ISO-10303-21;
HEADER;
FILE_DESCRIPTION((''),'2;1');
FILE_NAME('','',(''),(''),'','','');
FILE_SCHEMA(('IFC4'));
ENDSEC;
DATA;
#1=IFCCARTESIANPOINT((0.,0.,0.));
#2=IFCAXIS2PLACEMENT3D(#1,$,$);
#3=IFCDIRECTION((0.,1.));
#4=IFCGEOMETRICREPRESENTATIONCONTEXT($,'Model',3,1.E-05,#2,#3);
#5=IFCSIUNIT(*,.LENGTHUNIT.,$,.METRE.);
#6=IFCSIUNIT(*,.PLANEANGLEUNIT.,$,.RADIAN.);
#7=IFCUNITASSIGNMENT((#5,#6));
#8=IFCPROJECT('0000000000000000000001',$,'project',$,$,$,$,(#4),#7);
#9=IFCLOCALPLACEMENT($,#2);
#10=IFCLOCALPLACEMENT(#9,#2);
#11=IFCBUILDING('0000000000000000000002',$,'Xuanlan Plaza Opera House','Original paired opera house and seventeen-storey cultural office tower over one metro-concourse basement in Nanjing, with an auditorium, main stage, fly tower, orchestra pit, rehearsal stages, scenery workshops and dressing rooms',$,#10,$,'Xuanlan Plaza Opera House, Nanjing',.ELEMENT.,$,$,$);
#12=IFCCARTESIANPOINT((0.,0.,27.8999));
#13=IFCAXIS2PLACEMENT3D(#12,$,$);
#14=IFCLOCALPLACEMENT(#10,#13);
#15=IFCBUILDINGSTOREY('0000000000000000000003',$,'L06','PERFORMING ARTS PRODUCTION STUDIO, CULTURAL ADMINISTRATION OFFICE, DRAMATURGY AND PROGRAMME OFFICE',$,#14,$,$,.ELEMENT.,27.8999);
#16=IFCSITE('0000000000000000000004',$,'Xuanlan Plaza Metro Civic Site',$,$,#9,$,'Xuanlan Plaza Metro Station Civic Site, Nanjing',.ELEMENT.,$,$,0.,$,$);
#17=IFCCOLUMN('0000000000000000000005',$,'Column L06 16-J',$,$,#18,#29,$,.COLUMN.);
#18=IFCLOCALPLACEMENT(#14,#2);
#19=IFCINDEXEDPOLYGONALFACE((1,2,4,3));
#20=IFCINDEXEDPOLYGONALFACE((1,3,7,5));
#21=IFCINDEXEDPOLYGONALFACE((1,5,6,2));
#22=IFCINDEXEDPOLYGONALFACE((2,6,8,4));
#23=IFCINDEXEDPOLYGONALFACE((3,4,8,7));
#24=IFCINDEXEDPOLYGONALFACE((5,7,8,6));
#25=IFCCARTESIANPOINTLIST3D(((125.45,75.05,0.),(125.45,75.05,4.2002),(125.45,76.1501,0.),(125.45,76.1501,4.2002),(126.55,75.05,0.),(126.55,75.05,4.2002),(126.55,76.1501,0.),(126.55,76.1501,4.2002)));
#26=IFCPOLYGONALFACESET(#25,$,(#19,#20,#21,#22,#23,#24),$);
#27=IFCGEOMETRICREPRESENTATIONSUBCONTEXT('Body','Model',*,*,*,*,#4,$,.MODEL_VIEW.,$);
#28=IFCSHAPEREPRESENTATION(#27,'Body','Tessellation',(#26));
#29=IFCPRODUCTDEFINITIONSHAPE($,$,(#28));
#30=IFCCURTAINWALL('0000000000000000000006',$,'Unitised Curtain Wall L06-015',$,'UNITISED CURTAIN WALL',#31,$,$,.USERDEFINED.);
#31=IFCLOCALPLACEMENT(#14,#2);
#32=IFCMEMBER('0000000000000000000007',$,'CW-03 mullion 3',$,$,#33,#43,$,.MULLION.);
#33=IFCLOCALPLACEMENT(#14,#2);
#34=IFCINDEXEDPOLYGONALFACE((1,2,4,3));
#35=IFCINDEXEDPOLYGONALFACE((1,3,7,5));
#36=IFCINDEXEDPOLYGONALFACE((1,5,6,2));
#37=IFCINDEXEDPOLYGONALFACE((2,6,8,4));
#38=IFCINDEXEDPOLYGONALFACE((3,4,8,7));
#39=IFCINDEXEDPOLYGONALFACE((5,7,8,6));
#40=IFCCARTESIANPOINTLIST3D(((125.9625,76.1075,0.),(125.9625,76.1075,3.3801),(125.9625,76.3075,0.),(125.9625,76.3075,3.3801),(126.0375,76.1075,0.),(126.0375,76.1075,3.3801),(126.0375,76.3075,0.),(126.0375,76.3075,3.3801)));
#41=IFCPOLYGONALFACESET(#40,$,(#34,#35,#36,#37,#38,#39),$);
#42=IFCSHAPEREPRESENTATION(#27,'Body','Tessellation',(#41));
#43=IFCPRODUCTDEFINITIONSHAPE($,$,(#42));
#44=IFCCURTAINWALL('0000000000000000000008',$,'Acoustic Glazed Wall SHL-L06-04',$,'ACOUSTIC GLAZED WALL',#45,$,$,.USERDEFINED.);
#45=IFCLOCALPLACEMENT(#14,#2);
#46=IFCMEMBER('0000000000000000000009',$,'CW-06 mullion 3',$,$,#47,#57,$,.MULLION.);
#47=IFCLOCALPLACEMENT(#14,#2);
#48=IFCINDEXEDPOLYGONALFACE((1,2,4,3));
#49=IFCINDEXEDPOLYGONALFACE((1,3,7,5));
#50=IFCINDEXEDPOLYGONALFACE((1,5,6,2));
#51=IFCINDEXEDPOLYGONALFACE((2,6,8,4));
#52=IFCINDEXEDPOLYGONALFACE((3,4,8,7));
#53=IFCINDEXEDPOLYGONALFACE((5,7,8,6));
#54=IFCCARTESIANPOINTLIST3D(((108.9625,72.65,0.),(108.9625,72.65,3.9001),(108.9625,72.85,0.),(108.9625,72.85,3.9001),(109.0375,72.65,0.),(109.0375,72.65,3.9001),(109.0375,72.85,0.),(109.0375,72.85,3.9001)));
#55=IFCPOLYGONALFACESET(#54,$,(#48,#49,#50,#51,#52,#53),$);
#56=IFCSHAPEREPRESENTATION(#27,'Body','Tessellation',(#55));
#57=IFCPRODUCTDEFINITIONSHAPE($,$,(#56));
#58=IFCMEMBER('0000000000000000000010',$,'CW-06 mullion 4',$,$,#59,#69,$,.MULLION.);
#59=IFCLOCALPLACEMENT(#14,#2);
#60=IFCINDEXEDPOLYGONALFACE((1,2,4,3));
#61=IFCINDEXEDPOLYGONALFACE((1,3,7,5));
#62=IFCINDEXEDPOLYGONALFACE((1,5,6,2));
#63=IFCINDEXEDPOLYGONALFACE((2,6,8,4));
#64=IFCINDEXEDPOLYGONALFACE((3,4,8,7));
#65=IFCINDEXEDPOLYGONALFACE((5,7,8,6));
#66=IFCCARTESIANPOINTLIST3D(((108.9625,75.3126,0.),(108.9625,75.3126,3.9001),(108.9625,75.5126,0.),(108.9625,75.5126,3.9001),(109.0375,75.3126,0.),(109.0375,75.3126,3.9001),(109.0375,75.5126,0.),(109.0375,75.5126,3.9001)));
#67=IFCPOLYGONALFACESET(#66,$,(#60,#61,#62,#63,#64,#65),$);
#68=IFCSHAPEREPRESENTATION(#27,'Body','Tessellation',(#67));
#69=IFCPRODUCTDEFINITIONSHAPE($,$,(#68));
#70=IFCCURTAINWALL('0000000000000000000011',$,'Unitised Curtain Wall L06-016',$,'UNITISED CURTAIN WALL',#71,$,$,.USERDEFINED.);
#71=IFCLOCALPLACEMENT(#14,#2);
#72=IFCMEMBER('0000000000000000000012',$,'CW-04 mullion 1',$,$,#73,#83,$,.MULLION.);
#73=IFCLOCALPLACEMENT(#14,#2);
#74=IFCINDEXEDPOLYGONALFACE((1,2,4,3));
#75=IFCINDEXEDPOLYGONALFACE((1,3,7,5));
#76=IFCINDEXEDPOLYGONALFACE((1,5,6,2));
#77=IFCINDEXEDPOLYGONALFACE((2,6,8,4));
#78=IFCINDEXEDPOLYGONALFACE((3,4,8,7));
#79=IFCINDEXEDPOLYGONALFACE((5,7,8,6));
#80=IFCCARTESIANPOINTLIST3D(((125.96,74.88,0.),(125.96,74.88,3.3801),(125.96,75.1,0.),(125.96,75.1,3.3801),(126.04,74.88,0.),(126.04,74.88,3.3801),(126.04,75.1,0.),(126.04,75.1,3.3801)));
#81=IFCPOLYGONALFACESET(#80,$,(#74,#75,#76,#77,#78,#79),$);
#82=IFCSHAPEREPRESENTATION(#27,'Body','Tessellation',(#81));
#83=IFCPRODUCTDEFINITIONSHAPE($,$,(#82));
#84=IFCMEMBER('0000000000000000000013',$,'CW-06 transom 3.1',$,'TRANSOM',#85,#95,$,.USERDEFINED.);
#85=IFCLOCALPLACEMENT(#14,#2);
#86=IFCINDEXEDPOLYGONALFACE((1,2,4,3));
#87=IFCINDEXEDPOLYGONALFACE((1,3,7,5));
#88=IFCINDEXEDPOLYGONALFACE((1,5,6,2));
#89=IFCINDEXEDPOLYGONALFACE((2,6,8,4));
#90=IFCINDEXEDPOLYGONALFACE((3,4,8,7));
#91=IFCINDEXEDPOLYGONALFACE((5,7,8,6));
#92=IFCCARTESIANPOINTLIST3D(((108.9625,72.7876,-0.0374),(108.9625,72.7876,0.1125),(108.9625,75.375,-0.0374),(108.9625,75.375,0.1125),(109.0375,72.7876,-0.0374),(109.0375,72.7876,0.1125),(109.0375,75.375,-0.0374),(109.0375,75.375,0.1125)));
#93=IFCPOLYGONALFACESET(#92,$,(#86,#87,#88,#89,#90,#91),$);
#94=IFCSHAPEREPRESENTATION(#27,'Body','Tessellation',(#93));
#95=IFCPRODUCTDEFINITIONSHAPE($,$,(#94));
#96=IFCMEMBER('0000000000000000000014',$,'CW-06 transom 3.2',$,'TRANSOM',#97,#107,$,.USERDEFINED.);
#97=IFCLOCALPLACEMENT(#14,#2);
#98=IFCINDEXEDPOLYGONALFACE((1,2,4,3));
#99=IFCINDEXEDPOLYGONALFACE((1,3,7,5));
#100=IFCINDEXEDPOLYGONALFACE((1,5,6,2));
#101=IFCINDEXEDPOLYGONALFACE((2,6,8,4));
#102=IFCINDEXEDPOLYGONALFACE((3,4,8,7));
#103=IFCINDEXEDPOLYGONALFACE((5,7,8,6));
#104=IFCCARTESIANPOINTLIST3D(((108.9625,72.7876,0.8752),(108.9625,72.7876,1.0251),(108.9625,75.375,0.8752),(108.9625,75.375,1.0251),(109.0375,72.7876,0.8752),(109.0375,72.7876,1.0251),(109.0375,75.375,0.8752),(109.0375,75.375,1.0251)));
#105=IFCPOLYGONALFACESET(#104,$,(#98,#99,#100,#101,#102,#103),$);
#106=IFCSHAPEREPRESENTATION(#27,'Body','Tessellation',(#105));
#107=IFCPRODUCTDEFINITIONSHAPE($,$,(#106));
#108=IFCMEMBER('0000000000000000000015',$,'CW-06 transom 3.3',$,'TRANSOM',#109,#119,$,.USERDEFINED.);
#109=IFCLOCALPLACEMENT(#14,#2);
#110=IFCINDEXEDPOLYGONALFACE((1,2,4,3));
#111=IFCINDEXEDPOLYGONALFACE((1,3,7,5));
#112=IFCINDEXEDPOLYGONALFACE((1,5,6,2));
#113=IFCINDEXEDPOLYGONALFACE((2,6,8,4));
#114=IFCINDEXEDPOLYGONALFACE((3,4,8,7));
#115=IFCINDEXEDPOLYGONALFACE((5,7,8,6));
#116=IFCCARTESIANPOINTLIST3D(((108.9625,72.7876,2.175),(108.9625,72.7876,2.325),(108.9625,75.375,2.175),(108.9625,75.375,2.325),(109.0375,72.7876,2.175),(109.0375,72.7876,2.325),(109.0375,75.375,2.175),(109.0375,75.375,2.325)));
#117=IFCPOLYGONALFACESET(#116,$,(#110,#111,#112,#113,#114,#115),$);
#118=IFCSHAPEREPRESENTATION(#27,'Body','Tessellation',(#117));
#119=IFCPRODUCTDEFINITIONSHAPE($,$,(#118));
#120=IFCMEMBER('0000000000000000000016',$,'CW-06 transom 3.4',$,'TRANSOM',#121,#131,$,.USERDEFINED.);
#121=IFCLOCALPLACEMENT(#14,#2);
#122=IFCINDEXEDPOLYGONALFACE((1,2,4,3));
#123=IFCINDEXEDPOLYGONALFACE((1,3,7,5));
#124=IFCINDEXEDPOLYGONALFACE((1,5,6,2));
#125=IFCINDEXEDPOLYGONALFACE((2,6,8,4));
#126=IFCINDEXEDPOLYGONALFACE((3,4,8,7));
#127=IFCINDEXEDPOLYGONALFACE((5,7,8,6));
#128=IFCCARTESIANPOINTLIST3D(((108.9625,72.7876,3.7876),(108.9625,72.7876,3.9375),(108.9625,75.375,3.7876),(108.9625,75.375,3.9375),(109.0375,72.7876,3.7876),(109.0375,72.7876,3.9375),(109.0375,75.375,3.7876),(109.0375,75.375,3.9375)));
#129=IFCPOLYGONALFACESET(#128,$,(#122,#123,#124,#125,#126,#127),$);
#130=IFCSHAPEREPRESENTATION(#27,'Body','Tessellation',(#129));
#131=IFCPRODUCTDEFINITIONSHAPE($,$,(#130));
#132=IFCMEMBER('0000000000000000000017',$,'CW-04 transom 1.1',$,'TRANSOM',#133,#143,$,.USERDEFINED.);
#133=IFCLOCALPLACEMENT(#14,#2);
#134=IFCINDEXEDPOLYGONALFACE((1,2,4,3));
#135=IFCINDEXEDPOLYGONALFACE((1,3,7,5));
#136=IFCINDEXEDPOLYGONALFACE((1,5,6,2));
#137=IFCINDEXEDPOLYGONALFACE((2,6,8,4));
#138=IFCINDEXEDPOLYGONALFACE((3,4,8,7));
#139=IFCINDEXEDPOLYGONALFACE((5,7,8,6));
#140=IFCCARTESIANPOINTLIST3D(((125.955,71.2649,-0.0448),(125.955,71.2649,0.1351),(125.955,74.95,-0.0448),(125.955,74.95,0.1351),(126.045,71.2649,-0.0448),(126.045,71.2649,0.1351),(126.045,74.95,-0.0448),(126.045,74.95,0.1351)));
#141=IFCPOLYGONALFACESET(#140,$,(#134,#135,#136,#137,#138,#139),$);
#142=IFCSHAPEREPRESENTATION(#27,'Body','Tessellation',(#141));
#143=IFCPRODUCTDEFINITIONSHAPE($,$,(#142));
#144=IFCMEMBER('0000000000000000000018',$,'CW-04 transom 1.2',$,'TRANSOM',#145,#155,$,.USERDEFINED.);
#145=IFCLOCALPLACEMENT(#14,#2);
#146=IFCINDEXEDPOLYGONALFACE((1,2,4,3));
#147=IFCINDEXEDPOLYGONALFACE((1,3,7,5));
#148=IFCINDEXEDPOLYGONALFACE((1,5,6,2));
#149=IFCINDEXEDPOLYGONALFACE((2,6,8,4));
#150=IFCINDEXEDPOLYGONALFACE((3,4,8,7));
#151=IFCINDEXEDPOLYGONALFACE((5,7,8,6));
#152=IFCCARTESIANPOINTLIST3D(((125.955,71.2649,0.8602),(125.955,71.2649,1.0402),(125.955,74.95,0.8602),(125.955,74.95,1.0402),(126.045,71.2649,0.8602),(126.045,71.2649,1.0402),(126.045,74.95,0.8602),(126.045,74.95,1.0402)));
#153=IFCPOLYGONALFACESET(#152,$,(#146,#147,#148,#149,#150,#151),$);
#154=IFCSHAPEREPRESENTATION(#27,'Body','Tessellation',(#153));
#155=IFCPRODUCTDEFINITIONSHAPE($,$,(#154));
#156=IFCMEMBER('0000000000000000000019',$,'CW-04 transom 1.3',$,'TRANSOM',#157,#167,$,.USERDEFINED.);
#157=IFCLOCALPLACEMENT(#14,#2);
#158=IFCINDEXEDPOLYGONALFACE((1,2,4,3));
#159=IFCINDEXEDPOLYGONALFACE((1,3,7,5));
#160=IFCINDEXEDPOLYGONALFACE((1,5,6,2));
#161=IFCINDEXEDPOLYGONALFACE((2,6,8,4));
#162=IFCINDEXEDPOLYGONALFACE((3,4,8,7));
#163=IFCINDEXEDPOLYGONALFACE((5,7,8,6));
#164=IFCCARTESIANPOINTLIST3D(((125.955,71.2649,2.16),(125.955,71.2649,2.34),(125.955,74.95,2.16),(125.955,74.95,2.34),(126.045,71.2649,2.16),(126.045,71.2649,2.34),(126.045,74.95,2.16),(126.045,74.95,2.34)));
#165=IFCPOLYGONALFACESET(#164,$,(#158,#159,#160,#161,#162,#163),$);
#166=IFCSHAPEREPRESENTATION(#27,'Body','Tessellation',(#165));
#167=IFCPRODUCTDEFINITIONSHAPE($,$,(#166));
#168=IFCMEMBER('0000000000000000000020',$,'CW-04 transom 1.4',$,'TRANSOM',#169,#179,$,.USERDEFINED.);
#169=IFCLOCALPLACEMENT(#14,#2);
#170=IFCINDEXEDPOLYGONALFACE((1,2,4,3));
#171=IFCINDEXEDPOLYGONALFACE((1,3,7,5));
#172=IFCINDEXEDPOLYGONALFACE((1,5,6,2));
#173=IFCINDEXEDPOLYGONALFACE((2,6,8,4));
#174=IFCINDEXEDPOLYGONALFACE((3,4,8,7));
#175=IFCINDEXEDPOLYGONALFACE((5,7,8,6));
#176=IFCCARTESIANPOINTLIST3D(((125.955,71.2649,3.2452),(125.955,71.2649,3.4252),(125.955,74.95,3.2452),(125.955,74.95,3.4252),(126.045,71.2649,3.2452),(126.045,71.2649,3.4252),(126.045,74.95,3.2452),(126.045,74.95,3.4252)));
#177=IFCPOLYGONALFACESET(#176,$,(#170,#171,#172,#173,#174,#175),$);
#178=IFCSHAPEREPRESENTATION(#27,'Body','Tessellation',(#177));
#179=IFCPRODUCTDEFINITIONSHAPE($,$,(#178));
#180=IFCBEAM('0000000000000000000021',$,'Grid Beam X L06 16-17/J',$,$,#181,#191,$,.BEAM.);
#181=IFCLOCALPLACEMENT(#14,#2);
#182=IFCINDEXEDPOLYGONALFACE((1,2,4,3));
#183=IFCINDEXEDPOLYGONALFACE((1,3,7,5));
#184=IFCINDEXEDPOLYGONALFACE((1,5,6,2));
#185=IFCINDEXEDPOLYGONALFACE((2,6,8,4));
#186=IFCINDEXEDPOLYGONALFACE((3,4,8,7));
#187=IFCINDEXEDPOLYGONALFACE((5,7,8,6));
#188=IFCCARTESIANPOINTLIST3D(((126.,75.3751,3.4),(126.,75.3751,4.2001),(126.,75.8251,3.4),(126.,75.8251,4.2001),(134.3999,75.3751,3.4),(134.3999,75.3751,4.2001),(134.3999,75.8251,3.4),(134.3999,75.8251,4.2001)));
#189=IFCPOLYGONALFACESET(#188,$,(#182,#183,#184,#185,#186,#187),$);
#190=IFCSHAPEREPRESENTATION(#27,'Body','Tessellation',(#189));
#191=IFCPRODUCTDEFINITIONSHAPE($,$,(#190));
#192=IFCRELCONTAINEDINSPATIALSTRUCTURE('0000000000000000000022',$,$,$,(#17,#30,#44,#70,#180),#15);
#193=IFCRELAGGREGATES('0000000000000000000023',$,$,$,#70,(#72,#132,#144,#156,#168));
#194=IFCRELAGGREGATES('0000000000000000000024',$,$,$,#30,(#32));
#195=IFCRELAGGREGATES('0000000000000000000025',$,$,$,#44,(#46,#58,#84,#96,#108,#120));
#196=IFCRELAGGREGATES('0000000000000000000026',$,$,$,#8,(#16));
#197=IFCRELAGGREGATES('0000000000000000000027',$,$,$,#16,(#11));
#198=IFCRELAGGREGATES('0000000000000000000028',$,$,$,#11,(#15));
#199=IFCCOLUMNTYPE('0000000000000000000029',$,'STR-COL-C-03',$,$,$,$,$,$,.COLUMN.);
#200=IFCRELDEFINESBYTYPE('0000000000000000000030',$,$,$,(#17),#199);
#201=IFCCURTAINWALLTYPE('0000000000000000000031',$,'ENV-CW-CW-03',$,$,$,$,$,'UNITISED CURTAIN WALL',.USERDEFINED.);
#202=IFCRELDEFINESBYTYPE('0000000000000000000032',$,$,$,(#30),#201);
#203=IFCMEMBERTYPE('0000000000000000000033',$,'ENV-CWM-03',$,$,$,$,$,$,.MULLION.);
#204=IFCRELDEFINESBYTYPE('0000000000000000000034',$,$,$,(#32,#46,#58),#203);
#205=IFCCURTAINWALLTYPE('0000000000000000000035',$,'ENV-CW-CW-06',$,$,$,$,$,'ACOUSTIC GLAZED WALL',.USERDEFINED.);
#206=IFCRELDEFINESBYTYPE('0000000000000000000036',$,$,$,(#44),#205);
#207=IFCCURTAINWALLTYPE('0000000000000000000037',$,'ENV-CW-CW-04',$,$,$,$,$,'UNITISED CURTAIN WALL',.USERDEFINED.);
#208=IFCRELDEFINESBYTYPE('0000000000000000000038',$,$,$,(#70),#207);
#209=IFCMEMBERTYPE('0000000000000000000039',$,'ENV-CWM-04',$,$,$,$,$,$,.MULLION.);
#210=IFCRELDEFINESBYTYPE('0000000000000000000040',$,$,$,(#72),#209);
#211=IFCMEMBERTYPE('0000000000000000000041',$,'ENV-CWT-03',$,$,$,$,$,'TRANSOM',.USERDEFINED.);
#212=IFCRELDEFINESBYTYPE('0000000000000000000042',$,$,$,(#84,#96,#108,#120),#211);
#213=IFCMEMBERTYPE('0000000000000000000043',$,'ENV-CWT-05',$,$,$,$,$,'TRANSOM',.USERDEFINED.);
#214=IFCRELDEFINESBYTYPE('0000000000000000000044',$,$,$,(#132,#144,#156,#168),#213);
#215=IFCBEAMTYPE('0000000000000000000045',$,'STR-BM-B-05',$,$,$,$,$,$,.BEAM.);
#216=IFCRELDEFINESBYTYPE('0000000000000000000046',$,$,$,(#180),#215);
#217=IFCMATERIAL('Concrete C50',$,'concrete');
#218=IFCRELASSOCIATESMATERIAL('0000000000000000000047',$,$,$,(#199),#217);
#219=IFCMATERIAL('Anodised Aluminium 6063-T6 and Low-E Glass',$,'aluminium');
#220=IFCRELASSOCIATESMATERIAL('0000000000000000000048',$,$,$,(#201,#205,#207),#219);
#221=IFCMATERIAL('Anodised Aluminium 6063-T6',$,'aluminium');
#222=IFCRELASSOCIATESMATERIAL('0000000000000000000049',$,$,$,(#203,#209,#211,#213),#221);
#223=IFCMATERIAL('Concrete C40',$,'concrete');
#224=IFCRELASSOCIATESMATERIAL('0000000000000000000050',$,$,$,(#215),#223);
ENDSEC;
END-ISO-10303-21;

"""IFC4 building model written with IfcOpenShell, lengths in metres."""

from ifc_helpers import new_model, si_unit, direction, frame, origin, origin_2d, place, context, subcontext, project, spatial, rectangle, extrude, material, material_profile, profile_set, type_object, element, aggregate, save


model = new_model("IFC4")

# Units and contexts
model_context = context("Model", 3, precision=1e-05, world=origin(), true_north=direction((0.0, 1.0)))
body_context = subcontext(model_context, "Body", "Model", "MODEL_VIEW")
ifc_project = project(units=[si_unit("LENGTHUNIT", "METRE"), si_unit("PLANEANGLEUNIT", "RADIAN")], contexts=[model_context])

# Site, building, storey
site_placement = place(None, origin())
site = spatial("IfcSite", under=ifc_project, at=site_placement, Name="Xuanlan Plaza Metro Civic Site", LongName="Xuanlan Plaza Metro Station Civic Site, Nanjing", CompositionType="ELEMENT", RefElevation=0.0)
building_placement = place(site_placement, origin())
building = spatial("IfcBuilding", under=site, at=building_placement, Name="Xuanlan Plaza Opera House", Description="Original paired opera house and seventeen-storey cultural office tower over one metro-concourse basement in Nanjing, with an auditorium, main stage, fly tower, orchestra pit, rehearsal stages, scenery workshops and dressing rooms", LongName="Xuanlan Plaza Opera House, Nanjing", CompositionType="ELEMENT")
storey_placement = place(building_placement, frame((0.0, 0.0, 27.8999)))
storey = spatial("IfcBuildingStorey", under=building, at=storey_placement, Name="L06", Description="PERFORMING ARTS PRODUCTION STUDIO, CULTURAL ADMINISTRATION OFFICE, DRAMATURGY AND PROGRAMME OFFICE", CompositionType="ELEMENT", Elevation=27.8999)

# Column
ifc_material_1 = material(Name="Concrete C50", Category="concrete")
ifc_material_profile_1 = material_profile(ifc_material_1, rectangle(XDim=1.1001, YDim=1.1001, at=origin_2d()), Name="RC-COL 1100x1100")
ifc_profile_set_1 = profile_set([ifc_material_profile_1], Name="Concrete C50")
column_type = type_object("IfcColumnType", Name="STR-COL-C-03", PredefinedType="COLUMN", material=ifc_profile_set_1)
column_placement = place(storey_placement, frame((126.0, 75.6001, 0.0), z_axis=(0.0, 0.0, 1.0), x_axis=(1.0, 0.0, 0.0)))
element("IfcColumn", 1, at=column_placement, inside=storey, type_object=column_type, Name="Column L06 16-J", PredefinedType="COLUMN", context=body_context, shape_type="SweptSolid", body=[
    extrude(rectangle(XDim=1.1001, YDim=1.1001, at=origin_2d()), origin(), (0.0, 0.0, 1.0), 4.2002),
])

# Curtain wall, member
ifc_material_2 = material(Name="Anodised Aluminium 6063-T6 and Low-E Glass", Category="aluminium")
curtain_wall_type_1 = type_object("IfcCurtainWallType", Name="ENV-CW-CW-03", ElementType="UNITISED CURTAIN WALL", PredefinedType="USERDEFINED", material=ifc_material_2)
curtain_wall_1_placement = place(storey_placement, origin())
curtain_wall_1 = element("IfcCurtainWall", 2, at=curtain_wall_1_placement, inside=storey, type_object=curtain_wall_type_1, Name="Unitised Curtain Wall L06-015", ObjectType="UNITISED CURTAIN WALL", PredefinedType="USERDEFINED")
ifc_material_3 = material(Name="Anodised Aluminium 6063-T6", Category="aluminium")
ifc_material_profile_2 = material_profile(ifc_material_3, rectangle(XDim=0.075, YDim=0.2, at=origin_2d()), Name="ALU-M 75x200")
ifc_profile_set_2 = profile_set([ifc_material_profile_2], Name="Anodised Aluminium 6063-T6")
member_type_1 = type_object("IfcMemberType", Name="ENV-CWM-03", PredefinedType="MULLION", material=ifc_profile_set_2)
member_1_placement = place(storey_placement, frame((126.0, 76.2075, 0.0), z_axis=(0.0, 0.0, 1.0), x_axis=(1.0, 0.0, 0.0)))
member_1 = element("IfcMember", 3, at=member_1_placement, type_object=member_type_1, Name="CW-03 mullion 3", PredefinedType="MULLION", context=body_context, shape_type="SweptSolid", body=[
    extrude(rectangle(XDim=0.075, YDim=0.2, at=origin_2d()), origin(), (0.0, 0.0, 1.0), 3.3801),
])

# Curtain wall, members
curtain_wall_type_2 = type_object("IfcCurtainWallType", Name="ENV-CW-CW-06", ElementType="ACOUSTIC GLAZED WALL", PredefinedType="USERDEFINED", material=ifc_material_2)
curtain_wall_2_placement = place(storey_placement, origin())
curtain_wall_2 = element("IfcCurtainWall", 4, at=curtain_wall_2_placement, inside=storey, type_object=curtain_wall_type_2, Name="Acoustic Glazed Wall SHL-L06-04", ObjectType="ACOUSTIC GLAZED WALL", PredefinedType="USERDEFINED")
member_2_placement = place(storey_placement, frame((109.0, 72.75, 0.0), z_axis=(0.0, 0.0, 1.0), x_axis=(-1.0, 0.0, 0.0)))
member_2 = element("IfcMember", 5, at=member_2_placement, type_object=member_type_1, Name="CW-06 mullion 3", PredefinedType="MULLION", context=body_context, shape_type="SweptSolid", body=[
    extrude(rectangle(XDim=0.075, YDim=0.2, at=origin_2d()), origin(), (0.0, 0.0, 1.0), 3.9001),
])
member_3_placement = place(storey_placement, frame((109.0, 75.4126, 0.0), z_axis=(0.0, 0.0, 1.0), x_axis=(-1.0, 0.0, 0.0)))
member_3 = element("IfcMember", 6, at=member_3_placement, type_object=member_type_1, Name="CW-06 mullion 4", PredefinedType="MULLION", context=body_context, shape_type="SweptSolid", body=[
    extrude(rectangle(XDim=0.075, YDim=0.2, at=origin_2d()), origin(), (0.0, 0.0, 1.0), 3.9001),
])

# Curtain wall, member
curtain_wall_type_3 = type_object("IfcCurtainWallType", Name="ENV-CW-CW-04", ElementType="UNITISED CURTAIN WALL", PredefinedType="USERDEFINED", material=ifc_material_2)
curtain_wall_3_placement = place(storey_placement, origin())
curtain_wall_3 = element("IfcCurtainWall", 7, at=curtain_wall_3_placement, inside=storey, type_object=curtain_wall_type_3, Name="Unitised Curtain Wall L06-016", ObjectType="UNITISED CURTAIN WALL", PredefinedType="USERDEFINED")
ifc_material_profile_3 = material_profile(ifc_material_3, rectangle(XDim=0.0801, YDim=0.22, at=origin_2d()), Name="ALU-M 80x220")
ifc_profile_set_3 = profile_set([ifc_material_profile_3], Name="Anodised Aluminium 6063-T6")
member_type_2 = type_object("IfcMemberType", Name="ENV-CWM-04", PredefinedType="MULLION", material=ifc_profile_set_3)
member_4_placement = place(storey_placement, frame((126.0, 74.99, 0.0), z_axis=(0.0, 0.0, 1.0), x_axis=(1.0, 0.0, 0.0)))
member_4 = element("IfcMember", 8, at=member_4_placement, type_object=member_type_2, Name="CW-04 mullion 1", PredefinedType="MULLION", context=body_context, shape_type="SweptSolid", body=[
    extrude(rectangle(XDim=0.0801, YDim=0.22, at=origin_2d()), origin(), (0.0, 0.0, 1.0), 3.3801),
])

# Members
ifc_material_profile_4 = material_profile(ifc_material_3, rectangle(XDim=0.075, YDim=0.1499, at=origin_2d()), Name="ALU-T 75x150")
ifc_profile_set_4 = profile_set([ifc_material_profile_4], Name="Anodised Aluminium 6063-T6")
member_type_3 = type_object("IfcMemberType", Name="ENV-CWT-03", ElementType="TRANSOM", PredefinedType="USERDEFINED", material=ifc_profile_set_4)
member_5_placement = place(storey_placement, frame((109.0, 72.7876, 0.0376), z_axis=(0.0, 1.0, 0.0), x_axis=(-1.0, 0.0, 0.0)))
member_5 = element("IfcMember", 9, at=member_5_placement, type_object=member_type_3, Name="CW-06 transom 3.1", ObjectType="TRANSOM", PredefinedType="USERDEFINED", context=body_context, shape_type="SweptSolid", body=[
    extrude(rectangle(XDim=0.075, YDim=0.1499, at=origin_2d()), origin(), (0.0, 0.0, 1.0), 2.5874),
])
member_6_placement = place(storey_placement, frame((109.0, 72.7876, 0.9502), z_axis=(0.0, 1.0, 0.0), x_axis=(-1.0, 0.0, 0.0)))
member_6 = element("IfcMember", 10, at=member_6_placement, type_object=member_type_3, Name="CW-06 transom 3.2", ObjectType="TRANSOM", PredefinedType="USERDEFINED", context=body_context, shape_type="SweptSolid", body=[
    extrude(rectangle(XDim=0.075, YDim=0.1499, at=origin_2d()), origin(), (0.0, 0.0, 1.0), 2.5874),
])
member_7_placement = place(storey_placement, frame((109.0, 72.7876, 2.25), z_axis=(0.0, 1.0, 0.0), x_axis=(-1.0, 0.0, 0.0)))
member_7 = element("IfcMember", 11, at=member_7_placement, type_object=member_type_3, Name="CW-06 transom 3.3", ObjectType="TRANSOM", PredefinedType="USERDEFINED", context=body_context, shape_type="SweptSolid", body=[
    extrude(rectangle(XDim=0.075, YDim=0.1499, at=origin_2d()), origin(), (0.0, 0.0, 1.0), 2.5874),
])
member_8_placement = place(storey_placement, frame((109.0, 72.7876, 3.8625), z_axis=(0.0, 1.0, 0.0), x_axis=(-1.0, 0.0, 0.0)))
member_8 = element("IfcMember", 12, at=member_8_placement, type_object=member_type_3, Name="CW-06 transom 3.4", ObjectType="TRANSOM", PredefinedType="USERDEFINED", context=body_context, shape_type="SweptSolid", body=[
    extrude(rectangle(XDim=0.075, YDim=0.1499, at=origin_2d()), origin(), (0.0, 0.0, 1.0), 2.5874),
])
ifc_material_profile_5 = material_profile(ifc_material_3, rectangle(XDim=0.0901, YDim=0.1799, at=origin_2d()), Name="ALU-T 90x180")
ifc_profile_set_5 = profile_set([ifc_material_profile_5], Name="Anodised Aluminium 6063-T6")
member_type_4 = type_object("IfcMemberType", Name="ENV-CWT-05", ElementType="TRANSOM", PredefinedType="USERDEFINED", material=ifc_profile_set_5)
member_9_placement = place(storey_placement, frame((126.0, 74.95, 0.0452), z_axis=(0.0, -1.0, 0.0), x_axis=(1.0, 0.0, 0.0)))
member_9 = element("IfcMember", 13, at=member_9_placement, type_object=member_type_4, Name="CW-04 transom 1.1", ObjectType="TRANSOM", PredefinedType="USERDEFINED", context=body_context, shape_type="SweptSolid", body=[
    extrude(rectangle(XDim=0.0901, YDim=0.1799, at=origin_2d()), origin(), (0.0, 0.0, 1.0), 3.6851),
])
member_10_placement = place(storey_placement, frame((126.0, 74.95, 0.9502), z_axis=(0.0, -1.0, 0.0), x_axis=(1.0, 0.0, 0.0)))
member_10 = element("IfcMember", 14, at=member_10_placement, type_object=member_type_4, Name="CW-04 transom 1.2", ObjectType="TRANSOM", PredefinedType="USERDEFINED", context=body_context, shape_type="SweptSolid", body=[
    extrude(rectangle(XDim=0.0901, YDim=0.1799, at=origin_2d()), origin(), (0.0, 0.0, 1.0), 3.6851),
])
member_11_placement = place(storey_placement, frame((126.0, 74.95, 2.25), z_axis=(0.0, -1.0, 0.0), x_axis=(1.0, 0.0, 0.0)))
member_11 = element("IfcMember", 15, at=member_11_placement, type_object=member_type_4, Name="CW-04 transom 1.3", ObjectType="TRANSOM", PredefinedType="USERDEFINED", context=body_context, shape_type="SweptSolid", body=[
    extrude(rectangle(XDim=0.0901, YDim=0.1799, at=origin_2d()), origin(), (0.0, 0.0, 1.0), 3.6851),
])
member_12_placement = place(storey_placement, frame((126.0, 74.95, 3.3352), z_axis=(0.0, -1.0, 0.0), x_axis=(1.0, 0.0, 0.0)))
member_12 = element("IfcMember", 16, at=member_12_placement, type_object=member_type_4, Name="CW-04 transom 1.4", ObjectType="TRANSOM", PredefinedType="USERDEFINED", context=body_context, shape_type="SweptSolid", body=[
    extrude(rectangle(XDim=0.0901, YDim=0.1799, at=origin_2d()), origin(), (0.0, 0.0, 1.0), 3.6851),
])

# Beam
ifc_material_4 = material(Name="Concrete C40", Category="concrete")
ifc_material_profile_6 = material_profile(ifc_material_4, rectangle(XDim=0.45, YDim=0.8, at=origin_2d()), Name="RC-BM 450x800")
ifc_profile_set_6 = profile_set([ifc_material_profile_6], Name="Concrete C40")
beam_type_1 = type_object("IfcBeamType", Name="STR-BM-B-05", PredefinedType="BEAM", material=ifc_profile_set_6)
beam_1_placement = place(storey_placement, frame((126.0, 75.6001, 3.8), z_axis=(1.0, 0.0, 0.0), x_axis=(0.0, 1.0, 0.0)))
element("IfcBeam", 17, at=beam_1_placement, inside=storey, type_object=beam_type_1, Name="Grid Beam X L06 16-17/J", PredefinedType="BEAM", context=body_context, shape_type="SweptSolid", body=[
    extrude(rectangle(XDim=0.45, YDim=0.8, at=origin_2d()), origin(), (0.0, 0.0, 1.0), 8.3999),
])

aggregate(curtain_wall_3, [member_4, member_9, member_10, member_11, member_12])
aggregate(curtain_wall_1, [member_1])
aggregate(curtain_wall_2, [member_2, member_3, member_5, member_6, member_7, member_8])

save(model, "model.ifc")
